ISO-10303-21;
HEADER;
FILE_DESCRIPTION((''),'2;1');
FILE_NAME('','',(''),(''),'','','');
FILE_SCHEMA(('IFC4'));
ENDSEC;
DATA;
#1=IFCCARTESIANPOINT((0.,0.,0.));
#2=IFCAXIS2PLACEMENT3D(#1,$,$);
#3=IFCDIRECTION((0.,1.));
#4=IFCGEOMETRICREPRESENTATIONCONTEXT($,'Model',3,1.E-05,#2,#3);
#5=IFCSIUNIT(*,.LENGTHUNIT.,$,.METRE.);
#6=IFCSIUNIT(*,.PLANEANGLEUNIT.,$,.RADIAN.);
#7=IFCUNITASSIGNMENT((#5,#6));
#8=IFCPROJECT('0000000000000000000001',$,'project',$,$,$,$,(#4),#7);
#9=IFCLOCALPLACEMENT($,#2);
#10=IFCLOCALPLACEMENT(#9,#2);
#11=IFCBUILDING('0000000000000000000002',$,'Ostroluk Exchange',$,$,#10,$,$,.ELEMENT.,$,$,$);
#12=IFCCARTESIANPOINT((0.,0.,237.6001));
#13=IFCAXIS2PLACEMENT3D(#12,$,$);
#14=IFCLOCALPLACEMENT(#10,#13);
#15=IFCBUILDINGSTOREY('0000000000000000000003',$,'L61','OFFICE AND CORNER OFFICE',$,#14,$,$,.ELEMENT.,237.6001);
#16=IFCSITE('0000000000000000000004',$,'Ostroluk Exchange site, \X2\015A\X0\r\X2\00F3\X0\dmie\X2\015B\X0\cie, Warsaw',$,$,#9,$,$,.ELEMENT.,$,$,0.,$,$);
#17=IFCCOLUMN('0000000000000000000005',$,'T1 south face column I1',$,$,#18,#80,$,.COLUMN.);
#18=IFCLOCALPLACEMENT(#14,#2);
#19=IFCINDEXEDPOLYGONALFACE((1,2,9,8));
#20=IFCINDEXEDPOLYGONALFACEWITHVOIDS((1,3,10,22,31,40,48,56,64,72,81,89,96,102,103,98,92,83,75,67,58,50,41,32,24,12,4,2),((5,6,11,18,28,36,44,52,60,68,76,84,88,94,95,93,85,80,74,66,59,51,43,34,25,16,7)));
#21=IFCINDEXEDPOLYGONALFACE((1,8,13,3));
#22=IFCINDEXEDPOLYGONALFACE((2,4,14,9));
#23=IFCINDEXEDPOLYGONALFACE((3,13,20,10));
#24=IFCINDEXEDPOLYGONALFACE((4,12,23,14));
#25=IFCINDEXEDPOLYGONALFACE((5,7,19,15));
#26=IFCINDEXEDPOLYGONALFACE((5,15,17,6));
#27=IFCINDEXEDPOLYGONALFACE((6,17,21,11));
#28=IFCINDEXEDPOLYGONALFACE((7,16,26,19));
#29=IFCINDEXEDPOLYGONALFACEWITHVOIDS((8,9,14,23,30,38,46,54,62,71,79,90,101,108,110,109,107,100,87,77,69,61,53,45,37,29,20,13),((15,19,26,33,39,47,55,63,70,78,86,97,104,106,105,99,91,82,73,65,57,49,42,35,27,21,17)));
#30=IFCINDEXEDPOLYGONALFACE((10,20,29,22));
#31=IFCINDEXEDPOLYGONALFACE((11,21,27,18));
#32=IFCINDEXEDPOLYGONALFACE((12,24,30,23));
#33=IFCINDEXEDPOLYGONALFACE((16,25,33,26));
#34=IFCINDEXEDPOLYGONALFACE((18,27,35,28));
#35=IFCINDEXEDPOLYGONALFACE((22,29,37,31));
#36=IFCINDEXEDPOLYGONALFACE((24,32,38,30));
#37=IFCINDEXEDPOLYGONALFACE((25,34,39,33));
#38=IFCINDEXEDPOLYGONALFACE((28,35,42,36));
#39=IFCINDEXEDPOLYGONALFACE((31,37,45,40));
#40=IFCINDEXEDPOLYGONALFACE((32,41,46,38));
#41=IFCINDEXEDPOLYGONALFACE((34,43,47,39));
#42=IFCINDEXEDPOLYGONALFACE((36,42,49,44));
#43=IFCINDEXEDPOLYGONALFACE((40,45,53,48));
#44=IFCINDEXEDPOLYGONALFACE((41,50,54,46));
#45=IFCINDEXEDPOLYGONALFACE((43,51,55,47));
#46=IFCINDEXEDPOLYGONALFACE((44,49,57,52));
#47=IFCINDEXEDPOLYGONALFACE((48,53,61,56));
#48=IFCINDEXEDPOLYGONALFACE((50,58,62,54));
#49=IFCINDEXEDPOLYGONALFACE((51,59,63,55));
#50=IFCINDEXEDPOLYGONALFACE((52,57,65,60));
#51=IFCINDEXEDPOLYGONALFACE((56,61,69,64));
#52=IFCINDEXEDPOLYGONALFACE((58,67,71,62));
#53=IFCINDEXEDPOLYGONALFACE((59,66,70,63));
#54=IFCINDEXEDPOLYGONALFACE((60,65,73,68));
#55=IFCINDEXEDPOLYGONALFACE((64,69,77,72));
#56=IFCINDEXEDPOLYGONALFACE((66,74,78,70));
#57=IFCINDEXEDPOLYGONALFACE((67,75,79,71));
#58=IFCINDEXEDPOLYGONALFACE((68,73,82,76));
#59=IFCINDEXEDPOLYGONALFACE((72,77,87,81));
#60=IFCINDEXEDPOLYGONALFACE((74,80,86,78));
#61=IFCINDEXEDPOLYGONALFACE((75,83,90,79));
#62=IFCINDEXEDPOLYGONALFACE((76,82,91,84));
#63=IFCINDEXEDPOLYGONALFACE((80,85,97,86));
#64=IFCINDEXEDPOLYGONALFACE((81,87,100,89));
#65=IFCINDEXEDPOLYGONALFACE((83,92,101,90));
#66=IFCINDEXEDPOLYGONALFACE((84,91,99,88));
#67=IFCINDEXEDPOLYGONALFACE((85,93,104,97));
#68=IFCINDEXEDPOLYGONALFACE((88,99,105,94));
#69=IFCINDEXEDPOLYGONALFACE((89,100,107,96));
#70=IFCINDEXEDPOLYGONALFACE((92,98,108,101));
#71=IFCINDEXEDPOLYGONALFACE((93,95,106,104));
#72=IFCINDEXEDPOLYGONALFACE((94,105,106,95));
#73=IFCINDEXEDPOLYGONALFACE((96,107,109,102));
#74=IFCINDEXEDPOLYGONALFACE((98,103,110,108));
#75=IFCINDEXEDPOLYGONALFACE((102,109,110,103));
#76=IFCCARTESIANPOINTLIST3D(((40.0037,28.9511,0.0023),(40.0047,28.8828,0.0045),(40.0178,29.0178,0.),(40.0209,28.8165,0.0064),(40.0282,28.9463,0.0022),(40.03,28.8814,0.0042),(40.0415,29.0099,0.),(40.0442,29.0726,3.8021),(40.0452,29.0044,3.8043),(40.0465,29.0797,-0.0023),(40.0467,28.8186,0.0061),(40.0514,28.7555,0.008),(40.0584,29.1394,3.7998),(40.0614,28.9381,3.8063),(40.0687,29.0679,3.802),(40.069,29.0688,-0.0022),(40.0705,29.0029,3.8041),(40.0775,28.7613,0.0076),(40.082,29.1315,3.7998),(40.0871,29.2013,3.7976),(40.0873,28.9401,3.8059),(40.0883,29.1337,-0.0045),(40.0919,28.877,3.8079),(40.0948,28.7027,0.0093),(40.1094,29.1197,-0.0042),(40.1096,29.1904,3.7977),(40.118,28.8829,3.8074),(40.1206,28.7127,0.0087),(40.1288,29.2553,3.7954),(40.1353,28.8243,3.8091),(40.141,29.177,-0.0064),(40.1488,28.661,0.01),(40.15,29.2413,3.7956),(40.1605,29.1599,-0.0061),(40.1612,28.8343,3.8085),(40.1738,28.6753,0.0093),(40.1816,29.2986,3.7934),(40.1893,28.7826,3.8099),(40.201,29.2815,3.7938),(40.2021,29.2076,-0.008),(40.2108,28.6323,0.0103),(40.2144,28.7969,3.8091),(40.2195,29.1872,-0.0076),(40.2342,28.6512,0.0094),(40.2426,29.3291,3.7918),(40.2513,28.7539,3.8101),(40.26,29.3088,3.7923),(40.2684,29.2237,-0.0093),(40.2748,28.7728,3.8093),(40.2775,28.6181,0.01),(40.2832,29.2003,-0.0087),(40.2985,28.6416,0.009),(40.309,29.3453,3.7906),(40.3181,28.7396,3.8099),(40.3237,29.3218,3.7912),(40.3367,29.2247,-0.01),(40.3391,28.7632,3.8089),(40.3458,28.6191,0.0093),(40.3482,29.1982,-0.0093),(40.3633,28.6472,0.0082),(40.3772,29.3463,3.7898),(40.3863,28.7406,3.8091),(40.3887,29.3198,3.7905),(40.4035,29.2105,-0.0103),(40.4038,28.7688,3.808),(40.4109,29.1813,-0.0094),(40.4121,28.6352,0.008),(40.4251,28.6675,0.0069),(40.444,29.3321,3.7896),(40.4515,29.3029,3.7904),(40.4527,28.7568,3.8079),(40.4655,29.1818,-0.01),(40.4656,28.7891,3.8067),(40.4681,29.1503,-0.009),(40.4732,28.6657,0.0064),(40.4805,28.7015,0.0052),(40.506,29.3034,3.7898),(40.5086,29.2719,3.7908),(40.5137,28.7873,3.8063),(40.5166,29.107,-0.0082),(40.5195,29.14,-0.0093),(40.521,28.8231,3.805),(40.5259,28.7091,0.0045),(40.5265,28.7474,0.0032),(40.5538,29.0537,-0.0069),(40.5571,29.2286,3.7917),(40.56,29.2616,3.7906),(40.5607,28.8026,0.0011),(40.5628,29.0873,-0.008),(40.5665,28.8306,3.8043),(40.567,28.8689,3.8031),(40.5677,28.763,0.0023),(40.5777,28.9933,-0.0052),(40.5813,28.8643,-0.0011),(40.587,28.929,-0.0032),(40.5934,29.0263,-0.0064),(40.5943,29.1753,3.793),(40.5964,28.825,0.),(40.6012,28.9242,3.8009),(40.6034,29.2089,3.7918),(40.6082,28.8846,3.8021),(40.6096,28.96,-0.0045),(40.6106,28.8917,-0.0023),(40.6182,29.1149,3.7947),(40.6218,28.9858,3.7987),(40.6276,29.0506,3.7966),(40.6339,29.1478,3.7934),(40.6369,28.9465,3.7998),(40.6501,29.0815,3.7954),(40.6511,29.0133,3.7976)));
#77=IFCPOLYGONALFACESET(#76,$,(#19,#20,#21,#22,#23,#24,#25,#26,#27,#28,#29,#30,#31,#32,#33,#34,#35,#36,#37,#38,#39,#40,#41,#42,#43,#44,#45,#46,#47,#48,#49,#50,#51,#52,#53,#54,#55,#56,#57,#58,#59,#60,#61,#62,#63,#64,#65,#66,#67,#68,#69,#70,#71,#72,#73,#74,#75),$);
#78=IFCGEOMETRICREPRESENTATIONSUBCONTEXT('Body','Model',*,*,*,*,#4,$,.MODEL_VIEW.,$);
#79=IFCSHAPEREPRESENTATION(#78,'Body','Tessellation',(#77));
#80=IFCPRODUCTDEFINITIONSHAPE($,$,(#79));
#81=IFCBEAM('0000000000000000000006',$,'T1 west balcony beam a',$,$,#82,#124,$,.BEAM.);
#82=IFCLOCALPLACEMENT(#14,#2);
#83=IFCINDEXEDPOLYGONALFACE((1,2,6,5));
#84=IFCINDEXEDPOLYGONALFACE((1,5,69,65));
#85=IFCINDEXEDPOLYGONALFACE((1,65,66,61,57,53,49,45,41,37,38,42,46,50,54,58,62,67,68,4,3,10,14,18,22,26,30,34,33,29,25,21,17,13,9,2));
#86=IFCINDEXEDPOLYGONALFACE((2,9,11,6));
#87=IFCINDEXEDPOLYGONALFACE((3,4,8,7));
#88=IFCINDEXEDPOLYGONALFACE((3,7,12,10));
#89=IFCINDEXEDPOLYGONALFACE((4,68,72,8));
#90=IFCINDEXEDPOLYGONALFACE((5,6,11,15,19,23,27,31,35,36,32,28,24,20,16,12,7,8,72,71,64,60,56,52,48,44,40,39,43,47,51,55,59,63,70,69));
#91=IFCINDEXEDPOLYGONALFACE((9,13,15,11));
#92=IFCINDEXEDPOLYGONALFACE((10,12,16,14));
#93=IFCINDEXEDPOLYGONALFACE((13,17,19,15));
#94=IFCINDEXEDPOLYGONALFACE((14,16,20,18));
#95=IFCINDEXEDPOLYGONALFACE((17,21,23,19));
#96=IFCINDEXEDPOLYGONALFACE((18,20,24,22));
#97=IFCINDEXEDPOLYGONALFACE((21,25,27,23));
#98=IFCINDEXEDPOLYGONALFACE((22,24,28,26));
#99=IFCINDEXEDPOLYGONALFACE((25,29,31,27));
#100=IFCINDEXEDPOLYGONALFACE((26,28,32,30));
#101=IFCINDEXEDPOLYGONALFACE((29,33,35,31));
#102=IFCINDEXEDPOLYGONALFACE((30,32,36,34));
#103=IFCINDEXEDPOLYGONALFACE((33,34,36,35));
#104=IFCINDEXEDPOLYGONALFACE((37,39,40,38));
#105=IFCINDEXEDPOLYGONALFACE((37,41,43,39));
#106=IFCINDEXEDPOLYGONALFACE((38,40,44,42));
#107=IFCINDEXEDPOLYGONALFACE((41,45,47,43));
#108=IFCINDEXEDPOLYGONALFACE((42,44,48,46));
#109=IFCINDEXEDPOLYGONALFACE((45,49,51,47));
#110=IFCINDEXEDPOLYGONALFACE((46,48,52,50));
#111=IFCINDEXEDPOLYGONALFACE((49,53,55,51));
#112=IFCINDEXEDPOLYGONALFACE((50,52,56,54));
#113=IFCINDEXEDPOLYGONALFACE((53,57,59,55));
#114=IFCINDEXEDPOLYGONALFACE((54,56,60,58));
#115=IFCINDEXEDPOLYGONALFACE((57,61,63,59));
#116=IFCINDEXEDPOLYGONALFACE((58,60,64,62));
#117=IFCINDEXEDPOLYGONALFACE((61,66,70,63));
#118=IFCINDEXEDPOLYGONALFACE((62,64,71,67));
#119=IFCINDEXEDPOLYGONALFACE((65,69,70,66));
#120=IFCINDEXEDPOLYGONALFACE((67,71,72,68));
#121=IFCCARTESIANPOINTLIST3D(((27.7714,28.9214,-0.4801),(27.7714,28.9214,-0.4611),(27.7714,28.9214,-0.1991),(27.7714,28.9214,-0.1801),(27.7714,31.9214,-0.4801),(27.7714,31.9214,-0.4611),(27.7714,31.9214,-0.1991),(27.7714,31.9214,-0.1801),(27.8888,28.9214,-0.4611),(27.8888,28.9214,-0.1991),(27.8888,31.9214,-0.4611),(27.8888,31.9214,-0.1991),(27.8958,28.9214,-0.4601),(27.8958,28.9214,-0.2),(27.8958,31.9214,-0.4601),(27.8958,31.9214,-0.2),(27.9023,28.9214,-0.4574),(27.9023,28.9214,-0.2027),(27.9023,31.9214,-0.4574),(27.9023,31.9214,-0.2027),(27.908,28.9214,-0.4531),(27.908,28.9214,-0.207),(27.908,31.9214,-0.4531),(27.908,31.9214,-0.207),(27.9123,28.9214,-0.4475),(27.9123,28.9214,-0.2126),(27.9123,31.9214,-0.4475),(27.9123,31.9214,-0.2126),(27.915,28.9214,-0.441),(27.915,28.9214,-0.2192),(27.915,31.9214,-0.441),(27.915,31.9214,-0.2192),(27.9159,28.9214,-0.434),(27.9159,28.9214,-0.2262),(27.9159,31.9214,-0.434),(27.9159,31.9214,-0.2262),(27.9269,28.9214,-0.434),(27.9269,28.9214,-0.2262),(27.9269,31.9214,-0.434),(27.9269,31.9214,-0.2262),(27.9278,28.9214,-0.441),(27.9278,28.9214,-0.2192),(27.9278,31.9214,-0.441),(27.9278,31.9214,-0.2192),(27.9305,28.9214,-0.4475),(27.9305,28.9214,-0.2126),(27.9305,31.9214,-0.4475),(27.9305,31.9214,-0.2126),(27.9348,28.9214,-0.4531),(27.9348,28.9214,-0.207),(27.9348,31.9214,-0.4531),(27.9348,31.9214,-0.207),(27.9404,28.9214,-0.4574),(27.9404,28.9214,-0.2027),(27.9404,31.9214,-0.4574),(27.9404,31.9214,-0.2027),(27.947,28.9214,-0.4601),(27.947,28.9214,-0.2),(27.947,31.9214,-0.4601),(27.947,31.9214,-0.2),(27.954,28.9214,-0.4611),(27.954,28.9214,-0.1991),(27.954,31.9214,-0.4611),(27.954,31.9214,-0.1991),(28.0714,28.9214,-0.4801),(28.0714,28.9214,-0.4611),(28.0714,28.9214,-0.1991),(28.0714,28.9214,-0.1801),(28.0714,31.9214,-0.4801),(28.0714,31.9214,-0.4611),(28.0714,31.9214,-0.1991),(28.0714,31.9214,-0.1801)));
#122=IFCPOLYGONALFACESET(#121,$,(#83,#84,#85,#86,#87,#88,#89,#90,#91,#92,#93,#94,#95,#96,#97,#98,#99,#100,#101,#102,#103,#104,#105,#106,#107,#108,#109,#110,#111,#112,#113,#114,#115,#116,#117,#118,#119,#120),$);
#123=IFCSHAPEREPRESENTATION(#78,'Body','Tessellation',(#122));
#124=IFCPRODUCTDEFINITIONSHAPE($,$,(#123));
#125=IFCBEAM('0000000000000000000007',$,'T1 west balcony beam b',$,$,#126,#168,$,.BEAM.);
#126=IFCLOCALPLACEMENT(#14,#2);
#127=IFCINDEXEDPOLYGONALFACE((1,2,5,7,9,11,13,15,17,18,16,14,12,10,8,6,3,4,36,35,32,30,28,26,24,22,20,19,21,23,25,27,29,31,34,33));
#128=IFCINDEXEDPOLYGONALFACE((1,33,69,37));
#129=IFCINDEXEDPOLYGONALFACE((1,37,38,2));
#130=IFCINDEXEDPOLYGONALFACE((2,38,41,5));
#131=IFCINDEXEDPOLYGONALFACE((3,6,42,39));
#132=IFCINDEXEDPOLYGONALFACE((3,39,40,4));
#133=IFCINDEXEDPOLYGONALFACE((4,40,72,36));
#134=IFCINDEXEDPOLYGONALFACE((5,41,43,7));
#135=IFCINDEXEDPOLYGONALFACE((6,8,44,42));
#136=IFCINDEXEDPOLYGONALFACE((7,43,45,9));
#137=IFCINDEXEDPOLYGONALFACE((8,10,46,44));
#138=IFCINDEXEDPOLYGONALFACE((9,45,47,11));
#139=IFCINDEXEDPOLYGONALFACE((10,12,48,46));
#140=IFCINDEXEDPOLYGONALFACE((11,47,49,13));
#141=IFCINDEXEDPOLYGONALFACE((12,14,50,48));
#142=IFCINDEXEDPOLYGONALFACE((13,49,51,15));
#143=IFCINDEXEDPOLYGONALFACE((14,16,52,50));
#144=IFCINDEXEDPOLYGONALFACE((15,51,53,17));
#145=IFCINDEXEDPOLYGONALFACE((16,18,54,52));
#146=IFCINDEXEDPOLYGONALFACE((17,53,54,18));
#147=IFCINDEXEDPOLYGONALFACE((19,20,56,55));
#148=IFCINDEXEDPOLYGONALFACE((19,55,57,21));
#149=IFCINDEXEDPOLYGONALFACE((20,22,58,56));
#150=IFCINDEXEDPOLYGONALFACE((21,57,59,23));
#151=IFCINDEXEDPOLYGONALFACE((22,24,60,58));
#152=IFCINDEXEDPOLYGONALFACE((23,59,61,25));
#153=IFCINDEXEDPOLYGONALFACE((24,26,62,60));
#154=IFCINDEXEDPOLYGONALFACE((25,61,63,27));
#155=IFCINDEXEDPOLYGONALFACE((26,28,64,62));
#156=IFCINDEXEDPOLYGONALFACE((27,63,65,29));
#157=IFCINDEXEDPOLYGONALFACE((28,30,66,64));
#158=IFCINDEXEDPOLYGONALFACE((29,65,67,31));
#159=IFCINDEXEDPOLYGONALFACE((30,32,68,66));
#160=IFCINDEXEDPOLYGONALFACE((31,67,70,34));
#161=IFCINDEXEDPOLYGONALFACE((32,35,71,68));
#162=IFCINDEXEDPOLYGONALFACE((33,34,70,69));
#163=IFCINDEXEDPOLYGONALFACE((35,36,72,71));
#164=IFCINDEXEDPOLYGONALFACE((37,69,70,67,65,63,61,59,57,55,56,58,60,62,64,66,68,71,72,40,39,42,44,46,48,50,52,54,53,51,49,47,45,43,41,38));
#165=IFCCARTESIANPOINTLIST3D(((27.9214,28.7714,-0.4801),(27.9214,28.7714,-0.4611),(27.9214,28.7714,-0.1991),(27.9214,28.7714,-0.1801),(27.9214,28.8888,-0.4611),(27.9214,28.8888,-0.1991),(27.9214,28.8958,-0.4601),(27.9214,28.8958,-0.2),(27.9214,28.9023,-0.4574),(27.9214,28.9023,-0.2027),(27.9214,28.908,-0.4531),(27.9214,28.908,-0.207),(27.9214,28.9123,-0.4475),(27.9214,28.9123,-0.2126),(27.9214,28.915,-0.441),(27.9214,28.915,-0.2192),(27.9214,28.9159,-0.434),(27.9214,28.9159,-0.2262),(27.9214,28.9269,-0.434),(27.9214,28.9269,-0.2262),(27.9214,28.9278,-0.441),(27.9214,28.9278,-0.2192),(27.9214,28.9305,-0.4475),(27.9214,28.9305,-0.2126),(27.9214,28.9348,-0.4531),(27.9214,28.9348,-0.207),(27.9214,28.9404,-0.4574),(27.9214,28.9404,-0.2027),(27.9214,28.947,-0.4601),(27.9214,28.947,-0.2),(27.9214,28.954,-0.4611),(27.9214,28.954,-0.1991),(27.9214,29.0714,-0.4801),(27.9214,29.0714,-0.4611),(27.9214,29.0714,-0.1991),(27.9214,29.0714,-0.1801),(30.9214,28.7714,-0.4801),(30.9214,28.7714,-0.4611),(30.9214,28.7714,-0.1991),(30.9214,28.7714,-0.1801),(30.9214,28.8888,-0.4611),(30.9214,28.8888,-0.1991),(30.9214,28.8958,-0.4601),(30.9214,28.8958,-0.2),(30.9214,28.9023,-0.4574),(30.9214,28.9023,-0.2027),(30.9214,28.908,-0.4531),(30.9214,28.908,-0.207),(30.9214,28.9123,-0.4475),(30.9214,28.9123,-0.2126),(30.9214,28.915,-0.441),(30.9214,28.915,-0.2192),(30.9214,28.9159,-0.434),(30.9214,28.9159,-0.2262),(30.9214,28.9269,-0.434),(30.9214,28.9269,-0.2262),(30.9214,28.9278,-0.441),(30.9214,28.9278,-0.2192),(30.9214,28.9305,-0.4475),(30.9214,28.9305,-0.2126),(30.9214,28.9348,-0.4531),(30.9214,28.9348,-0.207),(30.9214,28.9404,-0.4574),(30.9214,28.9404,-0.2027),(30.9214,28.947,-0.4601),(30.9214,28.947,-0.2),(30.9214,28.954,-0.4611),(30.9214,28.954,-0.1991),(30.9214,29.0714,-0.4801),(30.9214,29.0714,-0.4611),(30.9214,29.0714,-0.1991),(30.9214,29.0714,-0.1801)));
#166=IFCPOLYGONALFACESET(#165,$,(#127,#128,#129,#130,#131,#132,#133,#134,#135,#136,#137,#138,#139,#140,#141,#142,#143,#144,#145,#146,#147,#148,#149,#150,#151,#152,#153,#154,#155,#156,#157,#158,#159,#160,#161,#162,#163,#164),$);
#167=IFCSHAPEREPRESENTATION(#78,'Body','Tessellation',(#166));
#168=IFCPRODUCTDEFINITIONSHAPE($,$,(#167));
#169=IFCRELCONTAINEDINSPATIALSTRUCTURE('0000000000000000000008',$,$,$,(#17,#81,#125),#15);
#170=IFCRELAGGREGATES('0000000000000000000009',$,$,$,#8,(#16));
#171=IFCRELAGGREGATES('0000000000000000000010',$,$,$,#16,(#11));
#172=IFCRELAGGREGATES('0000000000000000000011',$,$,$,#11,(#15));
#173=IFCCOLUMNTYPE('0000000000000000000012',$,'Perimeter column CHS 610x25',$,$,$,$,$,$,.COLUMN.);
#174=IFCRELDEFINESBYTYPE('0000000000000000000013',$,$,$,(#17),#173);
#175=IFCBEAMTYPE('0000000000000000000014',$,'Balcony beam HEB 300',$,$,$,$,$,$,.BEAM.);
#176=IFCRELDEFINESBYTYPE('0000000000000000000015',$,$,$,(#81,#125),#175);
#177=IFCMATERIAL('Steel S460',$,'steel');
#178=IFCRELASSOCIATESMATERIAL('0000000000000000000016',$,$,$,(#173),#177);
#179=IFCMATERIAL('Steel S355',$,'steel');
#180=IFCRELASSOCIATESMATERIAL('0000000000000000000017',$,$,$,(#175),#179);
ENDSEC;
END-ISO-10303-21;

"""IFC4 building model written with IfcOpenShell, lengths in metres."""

from ifc_helpers import new_model, si_unit, direction, frame, origin, origin_2d, place, context, subcontext, project, spatial, hollow_circle, i_section, extrude, material, material_profile, profile_set, type_object, element, save


model = new_model("IFC4")

# Units and contexts
model_context = context("Model", 3, precision=1e-05, world=origin(), true_north=direction((0.0, 1.0)))
body_context = subcontext(model_context, "Body", "Model", "MODEL_VIEW")
ifc_project = project(units=[si_unit("LENGTHUNIT", "METRE"), si_unit("PLANEANGLEUNIT", "RADIAN")], contexts=[model_context])

# Site, building, storey
site_placement = place(None, origin())
site = spatial("IfcSite", under=ifc_project, at=site_placement, Name="Ostroluk Exchange site, Śródmieście, Warsaw", CompositionType="ELEMENT", RefElevation=0.0)
building_placement = place(site_placement, origin())
building = spatial("IfcBuilding", under=site, at=building_placement, Name="Ostroluk Exchange", CompositionType="ELEMENT")
storey_placement = place(building_placement, frame((0.0, 0.0, 237.6001)))
storey = spatial("IfcBuildingStorey", under=building, at=storey_placement, Name="L61", Description="OFFICE AND CORNER OFFICE", CompositionType="ELEMENT", Elevation=237.6001)

# Column
ifc_material_1 = material(Name="Steel S460", Category="steel")
ifc_material_profile_1 = material_profile(ifc_material_1, hollow_circle(Radius=0.3049, WallThickness=0.0249, at=origin_2d()), Name="CHS 610x25")
ifc_profile_set_1 = profile_set([ifc_material_profile_1], Name="Steel S460")
column_type_1 = type_object("IfcColumnType", Name="Perimeter column CHS 610x25", PredefinedType="COLUMN", material=ifc_profile_set_1)
column_1_placement = place(storey_placement, frame((40.3071, 28.9214, 0.0), z_axis=(0.01066, 0.031979, 0.999432), x_axis=(-0.948683, 0.316228, 0.0)))
element("IfcColumn", 1, at=column_1_placement, inside=storey, type_object=column_type_1, Name="T1 south face column I1", PredefinedType="COLUMN", context=body_context, shape_type="SweptSolid", body=[
    extrude(hollow_circle(Radius=0.3049, WallThickness=0.0249, at=origin_2d()), origin(), (0.0, 0.0, 1.0), 3.802),
])

# Beams
ifc_material_2 = material(Name="Steel S355", Category="steel")
ifc_material_profile_2 = material_profile(ifc_material_2, i_section(OverallWidth=0.3, OverallDepth=0.3, WebThickness=0.011, FlangeThickness=0.019, FilletRadius=0.0271, at=origin_2d()), Name="HEB 300")
ifc_profile_set_2 = profile_set([ifc_material_profile_2], Name="Steel S355")
beam_type_1 = type_object("IfcBeamType", Name="Balcony beam HEB 300", PredefinedType="BEAM", material=ifc_profile_set_2)
for number, where, z_axis, x_axis, name in (
    (2, (27.9214, 31.9214, -0.3301), (0.0, -1.0, 0.0), (1.0, 0.0, 0.0), "T1 west balcony beam a"),
    (3, (30.9214, 28.9214, -0.3301), (-1.0, 0.0, 0.0), (0.0, -1.0, 0.0), "T1 west balcony beam b"),
):
    element("IfcBeam", number, at=place(storey_placement, frame(where, z_axis=z_axis, x_axis=x_axis)), inside=storey, type_object=beam_type_1, Name=name, PredefinedType="BEAM", context=body_context, shape_type="SweptSolid", body=[
        extrude(i_section(OverallWidth=0.3, OverallDepth=0.3, WebThickness=0.011, FlangeThickness=0.019, FilletRadius=0.0271, at=origin_2d()), origin(), (0.0, 0.0, 1.0), 3.0),
    ])

save(model, "model.ifc")
